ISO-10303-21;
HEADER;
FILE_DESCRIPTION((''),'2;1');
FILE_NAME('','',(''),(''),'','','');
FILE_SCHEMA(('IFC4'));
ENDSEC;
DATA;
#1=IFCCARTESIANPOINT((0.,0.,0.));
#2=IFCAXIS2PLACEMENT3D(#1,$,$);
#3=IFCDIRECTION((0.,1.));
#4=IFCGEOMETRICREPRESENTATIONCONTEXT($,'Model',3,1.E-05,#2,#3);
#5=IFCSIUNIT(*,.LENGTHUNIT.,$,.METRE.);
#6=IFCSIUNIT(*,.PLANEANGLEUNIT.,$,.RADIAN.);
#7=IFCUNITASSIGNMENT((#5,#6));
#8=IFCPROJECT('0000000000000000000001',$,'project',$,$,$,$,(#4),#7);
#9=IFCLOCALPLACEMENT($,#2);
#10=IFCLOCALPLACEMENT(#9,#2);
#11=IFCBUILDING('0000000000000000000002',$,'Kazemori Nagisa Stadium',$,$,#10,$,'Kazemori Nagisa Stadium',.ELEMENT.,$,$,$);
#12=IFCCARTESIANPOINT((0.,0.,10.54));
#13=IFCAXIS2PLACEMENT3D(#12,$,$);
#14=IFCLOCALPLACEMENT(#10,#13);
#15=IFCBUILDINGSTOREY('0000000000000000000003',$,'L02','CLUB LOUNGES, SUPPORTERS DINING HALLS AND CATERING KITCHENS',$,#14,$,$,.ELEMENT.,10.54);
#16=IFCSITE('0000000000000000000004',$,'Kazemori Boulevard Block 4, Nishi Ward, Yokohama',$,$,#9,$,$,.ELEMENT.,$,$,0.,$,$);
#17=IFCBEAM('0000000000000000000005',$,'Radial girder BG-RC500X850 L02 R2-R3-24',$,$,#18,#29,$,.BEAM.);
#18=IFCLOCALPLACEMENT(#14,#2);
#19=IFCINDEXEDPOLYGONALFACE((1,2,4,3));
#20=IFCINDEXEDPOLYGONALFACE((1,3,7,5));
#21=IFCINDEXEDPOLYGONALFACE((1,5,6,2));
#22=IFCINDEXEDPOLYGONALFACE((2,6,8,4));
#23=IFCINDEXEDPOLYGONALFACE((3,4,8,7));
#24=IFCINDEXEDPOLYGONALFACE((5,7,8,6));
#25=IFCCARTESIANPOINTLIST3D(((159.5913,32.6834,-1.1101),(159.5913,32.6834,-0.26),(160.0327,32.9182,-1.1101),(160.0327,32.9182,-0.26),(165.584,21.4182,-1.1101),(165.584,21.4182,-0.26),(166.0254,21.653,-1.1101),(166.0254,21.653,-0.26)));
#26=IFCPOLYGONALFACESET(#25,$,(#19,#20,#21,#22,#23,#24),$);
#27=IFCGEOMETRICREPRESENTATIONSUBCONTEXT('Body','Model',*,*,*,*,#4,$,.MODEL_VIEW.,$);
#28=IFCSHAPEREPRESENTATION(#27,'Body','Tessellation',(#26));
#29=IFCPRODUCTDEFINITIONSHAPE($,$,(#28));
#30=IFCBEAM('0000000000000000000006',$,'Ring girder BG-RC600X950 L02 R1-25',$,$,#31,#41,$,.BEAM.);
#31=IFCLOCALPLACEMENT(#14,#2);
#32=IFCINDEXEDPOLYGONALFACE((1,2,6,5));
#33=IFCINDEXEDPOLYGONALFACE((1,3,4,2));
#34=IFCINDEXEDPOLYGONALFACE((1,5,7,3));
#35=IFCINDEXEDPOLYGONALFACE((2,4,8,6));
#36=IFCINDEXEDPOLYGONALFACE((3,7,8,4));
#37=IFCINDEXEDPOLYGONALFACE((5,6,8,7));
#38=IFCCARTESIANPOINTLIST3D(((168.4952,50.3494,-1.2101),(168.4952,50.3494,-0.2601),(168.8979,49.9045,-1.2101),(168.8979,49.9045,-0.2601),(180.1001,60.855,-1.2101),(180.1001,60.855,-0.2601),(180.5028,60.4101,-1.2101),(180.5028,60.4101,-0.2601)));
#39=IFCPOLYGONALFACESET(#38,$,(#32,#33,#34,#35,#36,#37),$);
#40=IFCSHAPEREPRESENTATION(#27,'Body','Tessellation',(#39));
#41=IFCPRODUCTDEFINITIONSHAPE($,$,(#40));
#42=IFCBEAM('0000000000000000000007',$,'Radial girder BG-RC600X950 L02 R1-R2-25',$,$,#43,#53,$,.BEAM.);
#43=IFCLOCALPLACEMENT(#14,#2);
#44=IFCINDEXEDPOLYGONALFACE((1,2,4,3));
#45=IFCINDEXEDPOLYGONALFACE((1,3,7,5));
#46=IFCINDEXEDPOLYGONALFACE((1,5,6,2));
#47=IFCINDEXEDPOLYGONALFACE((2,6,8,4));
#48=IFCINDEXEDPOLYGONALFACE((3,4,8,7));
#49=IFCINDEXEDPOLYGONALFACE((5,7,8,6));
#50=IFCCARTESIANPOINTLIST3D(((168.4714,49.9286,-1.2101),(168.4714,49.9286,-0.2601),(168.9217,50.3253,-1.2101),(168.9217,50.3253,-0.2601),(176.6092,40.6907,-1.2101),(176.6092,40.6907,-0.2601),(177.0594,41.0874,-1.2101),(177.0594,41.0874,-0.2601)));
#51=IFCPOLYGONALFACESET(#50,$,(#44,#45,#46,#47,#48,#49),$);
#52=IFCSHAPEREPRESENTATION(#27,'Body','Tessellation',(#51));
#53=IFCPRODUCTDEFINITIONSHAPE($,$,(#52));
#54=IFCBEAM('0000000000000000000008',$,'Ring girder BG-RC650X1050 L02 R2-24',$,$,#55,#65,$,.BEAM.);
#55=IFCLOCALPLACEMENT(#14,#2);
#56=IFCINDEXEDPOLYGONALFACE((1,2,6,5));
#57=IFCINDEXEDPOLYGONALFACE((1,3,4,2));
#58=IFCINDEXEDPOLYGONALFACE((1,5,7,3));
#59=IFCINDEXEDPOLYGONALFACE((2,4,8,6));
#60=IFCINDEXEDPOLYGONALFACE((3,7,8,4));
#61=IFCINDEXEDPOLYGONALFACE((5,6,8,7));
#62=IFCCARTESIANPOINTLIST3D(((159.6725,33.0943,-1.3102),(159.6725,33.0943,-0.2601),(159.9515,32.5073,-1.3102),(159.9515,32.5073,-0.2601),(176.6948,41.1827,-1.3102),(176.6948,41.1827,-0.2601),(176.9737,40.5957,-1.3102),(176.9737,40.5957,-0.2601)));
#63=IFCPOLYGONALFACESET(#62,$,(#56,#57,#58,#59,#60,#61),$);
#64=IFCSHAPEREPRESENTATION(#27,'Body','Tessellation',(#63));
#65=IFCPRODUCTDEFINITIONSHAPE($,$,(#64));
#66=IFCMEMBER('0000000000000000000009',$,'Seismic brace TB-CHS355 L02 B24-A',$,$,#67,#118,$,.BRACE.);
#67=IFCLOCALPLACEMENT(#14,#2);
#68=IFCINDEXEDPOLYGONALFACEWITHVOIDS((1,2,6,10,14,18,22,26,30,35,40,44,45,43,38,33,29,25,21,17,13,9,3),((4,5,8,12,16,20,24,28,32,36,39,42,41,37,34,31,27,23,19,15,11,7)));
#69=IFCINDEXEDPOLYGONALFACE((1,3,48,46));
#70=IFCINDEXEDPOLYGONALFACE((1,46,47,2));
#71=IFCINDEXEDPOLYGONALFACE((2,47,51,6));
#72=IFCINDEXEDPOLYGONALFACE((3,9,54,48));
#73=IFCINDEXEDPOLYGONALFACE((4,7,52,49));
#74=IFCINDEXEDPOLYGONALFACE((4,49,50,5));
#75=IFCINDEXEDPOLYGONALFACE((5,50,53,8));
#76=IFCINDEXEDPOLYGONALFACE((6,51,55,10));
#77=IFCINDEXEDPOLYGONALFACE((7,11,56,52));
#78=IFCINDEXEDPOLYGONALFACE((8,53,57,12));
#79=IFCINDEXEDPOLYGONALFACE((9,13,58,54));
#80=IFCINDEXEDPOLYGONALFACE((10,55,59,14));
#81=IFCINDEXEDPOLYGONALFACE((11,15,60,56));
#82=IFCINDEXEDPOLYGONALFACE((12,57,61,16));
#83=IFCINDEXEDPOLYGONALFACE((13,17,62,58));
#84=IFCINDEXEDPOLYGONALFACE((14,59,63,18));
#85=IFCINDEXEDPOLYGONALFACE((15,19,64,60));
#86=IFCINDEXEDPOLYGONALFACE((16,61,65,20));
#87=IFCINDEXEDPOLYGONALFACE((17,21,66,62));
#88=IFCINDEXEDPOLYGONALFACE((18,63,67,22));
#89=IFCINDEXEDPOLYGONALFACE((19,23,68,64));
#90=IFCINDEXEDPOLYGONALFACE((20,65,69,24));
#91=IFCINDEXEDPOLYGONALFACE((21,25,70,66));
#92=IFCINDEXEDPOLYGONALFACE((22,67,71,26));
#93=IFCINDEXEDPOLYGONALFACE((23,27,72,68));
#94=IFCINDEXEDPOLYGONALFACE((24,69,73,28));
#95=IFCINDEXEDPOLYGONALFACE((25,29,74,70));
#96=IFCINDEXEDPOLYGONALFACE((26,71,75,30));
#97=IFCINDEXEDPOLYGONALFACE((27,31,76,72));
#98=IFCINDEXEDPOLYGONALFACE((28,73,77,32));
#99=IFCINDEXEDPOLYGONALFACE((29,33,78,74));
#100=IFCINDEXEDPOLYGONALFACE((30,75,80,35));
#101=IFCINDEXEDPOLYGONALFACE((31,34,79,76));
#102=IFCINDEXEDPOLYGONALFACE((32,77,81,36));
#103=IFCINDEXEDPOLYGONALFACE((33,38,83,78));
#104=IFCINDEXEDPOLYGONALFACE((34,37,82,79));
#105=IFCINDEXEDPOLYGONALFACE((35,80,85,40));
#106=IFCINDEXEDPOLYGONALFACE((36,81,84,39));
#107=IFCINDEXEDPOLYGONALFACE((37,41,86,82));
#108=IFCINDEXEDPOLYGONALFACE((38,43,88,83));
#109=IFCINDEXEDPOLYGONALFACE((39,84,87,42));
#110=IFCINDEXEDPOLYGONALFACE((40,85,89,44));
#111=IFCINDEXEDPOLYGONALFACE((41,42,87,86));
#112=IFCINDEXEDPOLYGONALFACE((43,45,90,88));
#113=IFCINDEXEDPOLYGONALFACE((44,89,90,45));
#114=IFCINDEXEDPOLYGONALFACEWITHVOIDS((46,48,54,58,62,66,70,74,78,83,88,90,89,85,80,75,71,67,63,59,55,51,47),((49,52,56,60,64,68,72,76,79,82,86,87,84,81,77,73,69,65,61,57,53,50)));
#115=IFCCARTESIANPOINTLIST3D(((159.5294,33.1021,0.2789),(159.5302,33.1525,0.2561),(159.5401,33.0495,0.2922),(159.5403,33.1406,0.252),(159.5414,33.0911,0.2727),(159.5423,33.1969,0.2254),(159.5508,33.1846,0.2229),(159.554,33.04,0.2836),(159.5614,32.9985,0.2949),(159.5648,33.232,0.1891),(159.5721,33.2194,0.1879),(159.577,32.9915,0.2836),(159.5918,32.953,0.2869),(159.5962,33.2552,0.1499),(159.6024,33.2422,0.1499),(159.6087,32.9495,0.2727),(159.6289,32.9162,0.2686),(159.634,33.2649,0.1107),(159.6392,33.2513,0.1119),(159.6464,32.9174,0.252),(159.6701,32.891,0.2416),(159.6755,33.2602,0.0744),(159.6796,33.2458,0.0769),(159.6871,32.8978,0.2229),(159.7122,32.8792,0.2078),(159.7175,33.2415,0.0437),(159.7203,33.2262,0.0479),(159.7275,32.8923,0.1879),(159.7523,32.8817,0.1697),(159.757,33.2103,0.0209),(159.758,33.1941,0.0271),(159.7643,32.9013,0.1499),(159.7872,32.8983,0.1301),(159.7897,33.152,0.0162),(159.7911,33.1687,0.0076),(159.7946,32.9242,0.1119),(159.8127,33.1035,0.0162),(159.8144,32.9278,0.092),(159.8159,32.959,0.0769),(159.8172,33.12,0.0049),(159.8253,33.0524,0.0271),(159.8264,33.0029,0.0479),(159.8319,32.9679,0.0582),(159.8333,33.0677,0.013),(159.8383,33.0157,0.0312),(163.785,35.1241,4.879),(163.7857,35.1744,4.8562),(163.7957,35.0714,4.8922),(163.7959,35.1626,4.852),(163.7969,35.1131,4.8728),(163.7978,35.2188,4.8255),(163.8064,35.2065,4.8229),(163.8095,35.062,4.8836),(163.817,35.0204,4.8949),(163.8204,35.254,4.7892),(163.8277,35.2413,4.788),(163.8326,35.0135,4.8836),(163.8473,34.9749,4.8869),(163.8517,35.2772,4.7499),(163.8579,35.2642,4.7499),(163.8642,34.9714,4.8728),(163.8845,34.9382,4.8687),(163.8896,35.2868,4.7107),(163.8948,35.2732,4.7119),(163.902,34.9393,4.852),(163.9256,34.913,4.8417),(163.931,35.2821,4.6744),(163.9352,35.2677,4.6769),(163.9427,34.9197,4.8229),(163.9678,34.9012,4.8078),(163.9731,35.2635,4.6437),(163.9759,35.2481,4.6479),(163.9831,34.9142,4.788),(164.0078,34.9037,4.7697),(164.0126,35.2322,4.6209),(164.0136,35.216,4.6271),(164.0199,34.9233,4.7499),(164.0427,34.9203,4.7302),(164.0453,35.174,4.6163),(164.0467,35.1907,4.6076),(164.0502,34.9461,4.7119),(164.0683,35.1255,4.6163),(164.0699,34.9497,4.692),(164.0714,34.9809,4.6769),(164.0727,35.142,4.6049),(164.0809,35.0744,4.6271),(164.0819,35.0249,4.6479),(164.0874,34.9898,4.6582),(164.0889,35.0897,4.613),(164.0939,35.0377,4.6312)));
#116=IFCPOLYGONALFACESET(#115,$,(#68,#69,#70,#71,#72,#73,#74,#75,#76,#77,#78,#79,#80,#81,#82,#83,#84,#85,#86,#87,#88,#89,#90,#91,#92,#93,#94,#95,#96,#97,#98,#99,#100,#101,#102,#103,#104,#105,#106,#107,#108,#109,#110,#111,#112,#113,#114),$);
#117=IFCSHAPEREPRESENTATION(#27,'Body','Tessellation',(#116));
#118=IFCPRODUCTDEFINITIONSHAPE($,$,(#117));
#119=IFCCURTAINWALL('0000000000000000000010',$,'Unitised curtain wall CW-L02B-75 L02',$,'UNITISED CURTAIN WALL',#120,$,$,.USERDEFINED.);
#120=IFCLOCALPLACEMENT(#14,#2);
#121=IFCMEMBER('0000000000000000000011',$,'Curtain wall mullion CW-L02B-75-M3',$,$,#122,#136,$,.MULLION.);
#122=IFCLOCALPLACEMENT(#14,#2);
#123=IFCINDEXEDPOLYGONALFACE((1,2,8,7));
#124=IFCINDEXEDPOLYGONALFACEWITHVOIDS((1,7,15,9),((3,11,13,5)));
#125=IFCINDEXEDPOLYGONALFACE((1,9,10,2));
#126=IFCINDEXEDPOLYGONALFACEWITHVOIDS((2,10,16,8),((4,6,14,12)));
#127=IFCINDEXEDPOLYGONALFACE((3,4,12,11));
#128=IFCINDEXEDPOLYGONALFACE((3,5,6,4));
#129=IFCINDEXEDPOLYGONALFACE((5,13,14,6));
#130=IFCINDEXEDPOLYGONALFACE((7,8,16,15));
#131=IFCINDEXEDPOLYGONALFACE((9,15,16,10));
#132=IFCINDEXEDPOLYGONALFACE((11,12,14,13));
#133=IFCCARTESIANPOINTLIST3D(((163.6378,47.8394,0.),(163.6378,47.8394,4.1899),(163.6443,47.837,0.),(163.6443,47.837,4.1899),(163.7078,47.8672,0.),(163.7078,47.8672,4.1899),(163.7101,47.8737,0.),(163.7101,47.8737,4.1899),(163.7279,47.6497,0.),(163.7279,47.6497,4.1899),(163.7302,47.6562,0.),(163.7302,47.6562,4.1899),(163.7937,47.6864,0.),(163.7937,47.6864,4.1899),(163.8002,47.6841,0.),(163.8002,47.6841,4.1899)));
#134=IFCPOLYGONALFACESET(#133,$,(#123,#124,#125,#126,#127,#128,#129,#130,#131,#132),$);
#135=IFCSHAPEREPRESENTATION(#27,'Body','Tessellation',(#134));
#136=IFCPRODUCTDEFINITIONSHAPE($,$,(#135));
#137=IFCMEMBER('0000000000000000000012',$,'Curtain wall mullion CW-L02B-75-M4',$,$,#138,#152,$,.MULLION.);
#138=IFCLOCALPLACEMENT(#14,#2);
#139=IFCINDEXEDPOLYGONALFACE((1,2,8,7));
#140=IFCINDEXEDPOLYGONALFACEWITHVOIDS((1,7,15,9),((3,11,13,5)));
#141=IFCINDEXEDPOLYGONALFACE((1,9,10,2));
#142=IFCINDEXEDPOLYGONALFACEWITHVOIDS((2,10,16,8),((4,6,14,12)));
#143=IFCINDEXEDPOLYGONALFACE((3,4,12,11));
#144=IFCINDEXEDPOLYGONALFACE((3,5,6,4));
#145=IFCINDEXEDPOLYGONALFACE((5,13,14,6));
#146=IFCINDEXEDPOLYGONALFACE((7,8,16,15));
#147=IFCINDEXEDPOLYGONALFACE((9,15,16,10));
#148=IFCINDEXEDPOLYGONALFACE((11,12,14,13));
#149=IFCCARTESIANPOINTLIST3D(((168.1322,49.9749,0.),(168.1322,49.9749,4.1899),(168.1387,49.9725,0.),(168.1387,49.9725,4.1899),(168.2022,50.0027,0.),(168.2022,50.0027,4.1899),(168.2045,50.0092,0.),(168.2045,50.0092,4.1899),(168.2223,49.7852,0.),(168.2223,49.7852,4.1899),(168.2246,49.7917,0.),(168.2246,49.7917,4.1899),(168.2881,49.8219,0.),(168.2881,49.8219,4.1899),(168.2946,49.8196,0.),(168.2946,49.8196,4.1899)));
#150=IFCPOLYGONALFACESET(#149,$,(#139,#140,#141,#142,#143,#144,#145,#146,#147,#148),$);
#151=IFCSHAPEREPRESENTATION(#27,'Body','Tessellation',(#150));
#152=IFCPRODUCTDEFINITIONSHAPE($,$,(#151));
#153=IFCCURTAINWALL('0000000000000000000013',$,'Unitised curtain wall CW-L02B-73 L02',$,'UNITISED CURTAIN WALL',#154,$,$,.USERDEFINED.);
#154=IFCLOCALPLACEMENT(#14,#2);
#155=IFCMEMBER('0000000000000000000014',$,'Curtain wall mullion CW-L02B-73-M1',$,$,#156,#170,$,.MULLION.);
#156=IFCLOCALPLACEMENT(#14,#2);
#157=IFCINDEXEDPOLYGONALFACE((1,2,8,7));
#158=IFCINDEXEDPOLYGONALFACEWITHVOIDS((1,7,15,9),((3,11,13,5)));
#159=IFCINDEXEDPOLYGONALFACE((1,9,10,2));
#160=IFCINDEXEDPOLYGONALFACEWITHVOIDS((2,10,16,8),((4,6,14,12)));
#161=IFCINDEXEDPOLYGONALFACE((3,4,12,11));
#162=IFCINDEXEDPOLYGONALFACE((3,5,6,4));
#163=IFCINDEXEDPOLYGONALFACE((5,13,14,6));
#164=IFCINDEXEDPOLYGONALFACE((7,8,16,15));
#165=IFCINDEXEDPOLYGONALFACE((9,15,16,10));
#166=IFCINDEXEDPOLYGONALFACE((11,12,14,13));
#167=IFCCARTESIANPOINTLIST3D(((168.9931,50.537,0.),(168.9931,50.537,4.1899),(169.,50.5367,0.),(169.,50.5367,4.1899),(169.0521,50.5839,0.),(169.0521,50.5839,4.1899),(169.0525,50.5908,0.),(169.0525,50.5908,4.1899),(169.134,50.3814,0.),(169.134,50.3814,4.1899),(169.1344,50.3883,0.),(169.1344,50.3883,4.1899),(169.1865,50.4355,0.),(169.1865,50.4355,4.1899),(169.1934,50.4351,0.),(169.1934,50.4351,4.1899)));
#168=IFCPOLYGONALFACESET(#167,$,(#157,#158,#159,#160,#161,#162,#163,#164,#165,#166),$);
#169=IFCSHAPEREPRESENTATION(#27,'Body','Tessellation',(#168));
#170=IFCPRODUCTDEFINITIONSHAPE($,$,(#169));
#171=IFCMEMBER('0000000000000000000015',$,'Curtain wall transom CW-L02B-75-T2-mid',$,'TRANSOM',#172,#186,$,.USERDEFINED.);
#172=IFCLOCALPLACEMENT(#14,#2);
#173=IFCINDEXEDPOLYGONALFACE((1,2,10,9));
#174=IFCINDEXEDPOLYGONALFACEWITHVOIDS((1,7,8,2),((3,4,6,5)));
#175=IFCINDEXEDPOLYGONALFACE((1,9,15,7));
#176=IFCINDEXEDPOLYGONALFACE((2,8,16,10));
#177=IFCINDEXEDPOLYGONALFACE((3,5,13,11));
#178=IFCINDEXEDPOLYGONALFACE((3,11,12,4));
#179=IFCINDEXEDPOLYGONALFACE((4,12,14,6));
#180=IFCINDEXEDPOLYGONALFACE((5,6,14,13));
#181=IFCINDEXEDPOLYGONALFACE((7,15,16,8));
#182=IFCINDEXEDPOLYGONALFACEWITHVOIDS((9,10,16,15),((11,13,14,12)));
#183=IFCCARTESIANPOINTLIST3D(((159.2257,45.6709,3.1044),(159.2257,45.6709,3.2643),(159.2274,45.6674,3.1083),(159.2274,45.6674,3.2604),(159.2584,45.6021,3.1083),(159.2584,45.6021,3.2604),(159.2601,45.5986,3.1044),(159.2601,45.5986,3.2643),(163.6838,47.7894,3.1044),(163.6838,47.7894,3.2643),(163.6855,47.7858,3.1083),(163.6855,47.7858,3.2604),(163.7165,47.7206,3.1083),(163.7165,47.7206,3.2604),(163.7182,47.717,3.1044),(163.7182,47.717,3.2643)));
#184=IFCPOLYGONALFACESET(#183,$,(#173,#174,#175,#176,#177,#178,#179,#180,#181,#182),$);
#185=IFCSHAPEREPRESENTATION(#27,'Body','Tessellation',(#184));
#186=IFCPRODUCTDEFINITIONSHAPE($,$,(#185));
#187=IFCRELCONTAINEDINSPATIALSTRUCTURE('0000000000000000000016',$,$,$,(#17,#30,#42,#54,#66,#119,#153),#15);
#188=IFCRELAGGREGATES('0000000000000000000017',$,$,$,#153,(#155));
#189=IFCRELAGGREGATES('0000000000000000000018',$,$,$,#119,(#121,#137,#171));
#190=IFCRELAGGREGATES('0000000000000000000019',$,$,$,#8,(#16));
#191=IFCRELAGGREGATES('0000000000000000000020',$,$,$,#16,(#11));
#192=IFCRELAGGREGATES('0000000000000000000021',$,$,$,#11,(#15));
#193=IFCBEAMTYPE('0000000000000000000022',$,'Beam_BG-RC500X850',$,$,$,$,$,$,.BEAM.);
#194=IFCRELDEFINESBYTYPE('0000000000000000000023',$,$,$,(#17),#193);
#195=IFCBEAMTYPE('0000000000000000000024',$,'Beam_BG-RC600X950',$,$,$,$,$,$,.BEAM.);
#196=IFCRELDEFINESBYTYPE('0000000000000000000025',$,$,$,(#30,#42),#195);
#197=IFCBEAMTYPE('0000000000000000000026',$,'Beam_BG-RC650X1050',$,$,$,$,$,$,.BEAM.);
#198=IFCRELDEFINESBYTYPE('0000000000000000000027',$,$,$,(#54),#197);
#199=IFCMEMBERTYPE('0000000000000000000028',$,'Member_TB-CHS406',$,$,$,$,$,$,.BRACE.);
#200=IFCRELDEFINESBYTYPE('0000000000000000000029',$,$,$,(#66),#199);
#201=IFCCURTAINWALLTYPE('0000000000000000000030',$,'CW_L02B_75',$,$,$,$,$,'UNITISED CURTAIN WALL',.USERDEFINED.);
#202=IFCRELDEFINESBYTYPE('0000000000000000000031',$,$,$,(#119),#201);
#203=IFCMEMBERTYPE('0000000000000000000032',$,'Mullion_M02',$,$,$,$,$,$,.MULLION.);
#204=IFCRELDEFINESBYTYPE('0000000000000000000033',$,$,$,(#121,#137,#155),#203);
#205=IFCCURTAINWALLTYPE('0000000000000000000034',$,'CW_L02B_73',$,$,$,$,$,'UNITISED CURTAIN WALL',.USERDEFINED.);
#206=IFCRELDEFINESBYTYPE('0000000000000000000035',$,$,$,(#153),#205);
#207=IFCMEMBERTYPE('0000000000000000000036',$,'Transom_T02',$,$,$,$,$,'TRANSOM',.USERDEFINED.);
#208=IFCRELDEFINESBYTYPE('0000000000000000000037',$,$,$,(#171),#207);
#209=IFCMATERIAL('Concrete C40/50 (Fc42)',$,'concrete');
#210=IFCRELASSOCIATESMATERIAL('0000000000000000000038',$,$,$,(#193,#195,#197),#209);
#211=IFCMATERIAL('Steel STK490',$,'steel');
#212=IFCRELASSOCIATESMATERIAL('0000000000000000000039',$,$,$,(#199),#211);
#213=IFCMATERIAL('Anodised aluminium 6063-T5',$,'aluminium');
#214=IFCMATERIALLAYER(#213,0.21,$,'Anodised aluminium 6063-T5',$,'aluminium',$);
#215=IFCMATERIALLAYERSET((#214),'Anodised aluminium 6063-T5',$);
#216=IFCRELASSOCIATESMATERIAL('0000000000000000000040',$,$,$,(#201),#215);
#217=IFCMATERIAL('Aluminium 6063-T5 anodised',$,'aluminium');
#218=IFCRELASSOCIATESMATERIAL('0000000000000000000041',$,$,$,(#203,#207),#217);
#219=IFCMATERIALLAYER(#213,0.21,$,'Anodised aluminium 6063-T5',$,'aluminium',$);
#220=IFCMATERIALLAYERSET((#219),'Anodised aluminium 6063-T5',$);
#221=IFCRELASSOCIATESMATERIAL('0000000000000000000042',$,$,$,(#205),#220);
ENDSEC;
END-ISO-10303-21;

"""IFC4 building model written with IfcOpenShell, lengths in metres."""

from ifc_helpers import new_model, si_unit, direction, frame, origin, origin_2d, place, context, subcontext, project, spatial, rectangle, hollow_rectangle, hollow_circle, extrude, material, layer, layer_set, material_profile, profile_set, type_object, element, aggregate, save


model = new_model("IFC4")

# Units and contexts
model_context = context("Model", 3, precision=1e-05, world=origin(), true_north=direction((0.0, 1.0)))
body_context = subcontext(model_context, "Body", "Model", "MODEL_VIEW")
ifc_project = project(units=[si_unit("LENGTHUNIT", "METRE"), si_unit("PLANEANGLEUNIT", "RADIAN")], contexts=[model_context])

# Site, building, storey
site_placement = place(None, origin())
site = spatial("IfcSite", under=ifc_project, at=site_placement, Name="Kazemori Boulevard Block 4, Nishi Ward, Yokohama", CompositionType="ELEMENT", RefElevation=0.0)
building_placement = place(site_placement, origin())
building = spatial("IfcBuilding", under=site, at=building_placement, Name="Kazemori Nagisa Stadium", LongName="Kazemori Nagisa Stadium", CompositionType="ELEMENT")
storey_placement = place(building_placement, frame((0.0, 0.0, 10.54)))
storey = spatial("IfcBuildingStorey", under=building, at=storey_placement, Name="L02", Description="CLUB LOUNGES, SUPPORTERS DINING HALLS AND CATERING KITCHENS", CompositionType="ELEMENT", Elevation=10.54)

# Shared definitions
ifc_material_1 = material(Name="Concrete C40/50 (Fc42)", Category="concrete")

# Beams
ifc_material_profile_1 = material_profile(ifc_material_1, rectangle(XDim=0.5, YDim=0.8501, at=origin_2d()), Name="RC-BM-500x850")
ifc_profile_set_1 = profile_set([ifc_material_profile_1], Name="Concrete C40/50 (Fc42)")
beam_type_1 = type_object("IfcBeamType", Name="Beam_BG-RC500X850", PredefinedType="BEAM", material=ifc_profile_set_1)
beam_1_placement = place(storey_placement, frame((159.812, 32.8008, -0.6851), z_axis=(0.469649, -0.882853, 0.0), x_axis=(0.882853, 0.469649, 0.0)))
element("IfcBeam", 1, at=beam_1_placement, inside=storey, type_object=beam_type_1, Name="Radial girder BG-RC500X850 L02 R2-R3-24", PredefinedType="BEAM", context=body_context, shape_type="SweptSolid", body=[
    extrude(rectangle(XDim=0.5, YDim=0.8501, at=origin_2d()), origin(), (0.0, 0.0, 1.0), 12.76),
])
ifc_material_profile_2 = material_profile(ifc_material_1, rectangle(XDim=0.6001, YDim=0.95, at=origin_2d()), Name="RC-BM-600x950")
ifc_profile_set_2 = profile_set([ifc_material_profile_2], Name="Concrete C40/50 (Fc42)")
beam_type_2 = type_object("IfcBeamType", Name="Beam_BG-RC600X950", PredefinedType="BEAM", material=ifc_profile_set_2)
beam_2_placement = place(storey_placement, frame((168.6965, 50.127, -0.7351), z_axis=(0.741349, 0.67112, 0.0), x_axis=(-0.67112, 0.741349, 0.0)))
element("IfcBeam", 2, at=beam_2_placement, inside=storey, type_object=beam_type_2, Name="Ring girder BG-RC600X950 L02 R1-25", PredefinedType="BEAM", context=body_context, shape_type="SweptSolid", body=[
    extrude(rectangle(XDim=0.6001, YDim=0.95, at=origin_2d()), origin(), (0.0, 0.0, 1.0), 15.6538),
])
beam_3_placement = place(storey_placement, frame((168.6965, 50.127, -0.7351), z_axis=(0.661014, -0.750374, 0.0), x_axis=(0.750374, 0.661014, 0.0)))
element("IfcBeam", 3, at=beam_3_placement, inside=storey, type_object=beam_type_2, Name="Radial girder BG-RC600X950 L02 R1-R2-25", PredefinedType="BEAM", context=body_context, shape_type="SweptSolid", body=[
    extrude(rectangle(XDim=0.6001, YDim=0.95, at=origin_2d()), origin(), (0.0, 0.0, 1.0), 12.311),
])
ifc_material_profile_3 = material_profile(ifc_material_1, rectangle(XDim=0.6499, YDim=1.05, at=origin_2d()), Name="RC-BM-650x1050")
ifc_profile_set_3 = profile_set([ifc_material_profile_3], Name="Concrete C40/50 (Fc42)")
beam_type_3 = type_object("IfcBeamType", Name="Beam_BG-RC650X1050", PredefinedType="BEAM", material=ifc_profile_set_3)
beam_4_placement = place(storey_placement, frame((159.812, 32.8008, -0.7852), z_axis=(0.903219, 0.429179, 0.0), x_axis=(-0.429179, 0.903219, 0.0)))
element("IfcBeam", 4, at=beam_4_placement, inside=storey, type_object=beam_type_3, Name="Ring girder BG-RC650X1050 L02 R2-24", PredefinedType="BEAM", context=body_context, shape_type="SweptSolid", body=[
    extrude(rectangle(XDim=0.6499, YDim=1.05, at=origin_2d()), origin(), (0.0, 0.0, 1.0), 18.8462),
])

# Member
ifc_material_2 = material(Name="Steel STK490", Category="steel")
ifc_material_profile_4 = material_profile(ifc_material_2, hollow_circle(Radius=0.2031, WallThickness=0.0144, at=origin_2d()), Name="CHS-406.4x14.3")
ifc_profile_set_4 = profile_set([ifc_material_profile_4], Name="Steel STK490")
member_type_1 = type_object("IfcMemberType", Name="Member_TB-CHS406", PredefinedType="BRACE", material=ifc_profile_set_4)
member_1_placement = place(storey_placement, frame((159.6833, 33.0718, 0.1499), z_axis=(0.646279, 0.307067, 0.698594), x_axis=(-0.429153, 0.903232, 0.0)))
element("IfcMember", 5, at=member_1_placement, inside=storey, type_object=member_type_1, Name="Seismic brace TB-CHS355 L02 B24-A", PredefinedType="BRACE", context=body_context, shape_type="SweptSolid", body=[
    extrude(hollow_circle(Radius=0.2031, WallThickness=0.0144, at=origin_2d()), origin(), (0.0, 0.0, 1.0), 6.5847),
])

# Curtain wall, members
ifc_material_3 = material(Name="Anodised aluminium 6063-T5", Category="aluminium")
ifc_layer_1 = layer(ifc_material_3, 0.21, Name="Anodised aluminium 6063-T5", Category="aluminium")
ifc_layer_set_1 = layer_set([ifc_layer_1], Name="Anodised aluminium 6063-T5")
curtain_wall_type_1 = type_object("IfcCurtainWallType", Name="CW_L02B_75", ElementType="UNITISED CURTAIN WALL", PredefinedType="USERDEFINED", material=ifc_layer_set_1)
curtain_wall_1_placement = place(storey_placement, origin())
curtain_wall_1 = element("IfcCurtainWall", 6, at=curtain_wall_1_placement, inside=storey, type_object=curtain_wall_type_1, Name="Unitised curtain wall CW-L02B-75 L02", ObjectType="UNITISED CURTAIN WALL", PredefinedType="USERDEFINED")
ifc_material_4 = material(Name="Aluminium 6063-T5 anodised", Category="aluminium")
ifc_material_profile_5 = material_profile(ifc_material_4, hollow_rectangle(XDim=0.0801, YDim=0.21, WallThickness=0.0049, at=origin_2d()), Name="ALU-MULL-80x210x5")
ifc_profile_set_5 = profile_set([ifc_material_profile_5], Name="Aluminium 6063-T5 anodised")
member_type_2 = type_object("IfcMemberType", Name="Mullion_M02", PredefinedType="MULLION", material=ifc_profile_set_5)
member_2_placement = place(storey_placement, frame((163.719, 47.7617, 0.0), z_axis=(0.0, 0.0, 1.0), x_axis=(0.903216, 0.429186, 0.0)))
member_2 = element("IfcMember", 7, at=member_2_placement, type_object=member_type_2, Name="Curtain wall mullion CW-L02B-75-M3", PredefinedType="MULLION", context=body_context, shape_type="SweptSolid", body=[
    extrude(hollow_rectangle(XDim=0.0801, YDim=0.21, WallThickness=0.0049, at=origin_2d()), origin(), (0.0, 0.0, 1.0), 4.1899),
])
member_3_placement = place(storey_placement, frame((168.2134, 49.8972, 0.0), z_axis=(0.0, 0.0, 1.0), x_axis=(0.903216, 0.429186, 0.0)))
member_3 = element("IfcMember", 8, at=member_3_placement, type_object=member_type_2, Name="Curtain wall mullion CW-L02B-75-M4", PredefinedType="MULLION", context=body_context, shape_type="SweptSolid", body=[
    extrude(hollow_rectangle(XDim=0.0801, YDim=0.21, WallThickness=0.0049, at=origin_2d()), origin(), (0.0, 0.0, 1.0), 4.1899),
])

# Curtain wall, member
ifc_layer_2 = layer(ifc_material_3, 0.21, Name="Anodised aluminium 6063-T5", Category="aluminium")
ifc_layer_set_2 = layer_set([ifc_layer_2], Name="Anodised aluminium 6063-T5")
curtain_wall_type_2 = type_object("IfcCurtainWallType", Name="CW_L02B_73", ElementType="UNITISED CURTAIN WALL", PredefinedType="USERDEFINED", material=ifc_layer_set_2)
curtain_wall_2_placement = place(storey_placement, origin())
curtain_wall_2 = element("IfcCurtainWall", 9, at=curtain_wall_2_placement, inside=storey, type_object=curtain_wall_type_2, Name="Unitised curtain wall CW-L02B-73 L02", ObjectType="UNITISED CURTAIN WALL", PredefinedType="USERDEFINED")
member_4_placement = place(storey_placement, frame((169.0933, 50.4861, 0.0), z_axis=(0.0, 0.0, 1.0), x_axis=(0.741351, 0.671118, 0.0)))
member_4 = element("IfcMember", 10, at=member_4_placement, type_object=member_type_2, Name="Curtain wall mullion CW-L02B-73-M1", PredefinedType="MULLION", context=body_context, shape_type="SweptSolid", body=[
    extrude(hollow_rectangle(XDim=0.0801, YDim=0.21, WallThickness=0.0049, at=origin_2d()), origin(), (0.0, 0.0, 1.0), 4.1899),
])

# Member
ifc_material_profile_6 = material_profile(ifc_material_4, hollow_rectangle(XDim=0.0801, YDim=0.1599, WallThickness=0.0039, at=origin_2d()), Name="ALU-TRAN-80x160x4")
ifc_profile_set_6 = profile_set([ifc_material_profile_6], Name="Aluminium 6063-T5 anodised")
member_type_3 = type_object("IfcMemberType", Name="Transom_T02", ElementType="TRANSOM", PredefinedType="USERDEFINED", material=ifc_profile_set_6)
member_5_placement = place(storey_placement, frame((159.2429, 45.6348, 3.1843), z_axis=(0.90321, 0.429198, 0.0), x_axis=(-0.429198, 0.90321, 0.0)))
member_5 = element("IfcMember", 11, at=member_5_placement, type_object=member_type_3, Name="Curtain wall transom CW-L02B-75-T2-mid", ObjectType="TRANSOM", PredefinedType="USERDEFINED", context=body_context, shape_type="SweptSolid", body=[
    extrude(hollow_rectangle(XDim=0.0801, YDim=0.1599, WallThickness=0.0039, at=origin_2d()), origin(), (0.0, 0.0, 1.0), 4.9358),
])

aggregate(curtain_wall_2, [member_4])
aggregate(curtain_wall_1, [member_2, member_3, member_5])

save(model, "model.ifc")
